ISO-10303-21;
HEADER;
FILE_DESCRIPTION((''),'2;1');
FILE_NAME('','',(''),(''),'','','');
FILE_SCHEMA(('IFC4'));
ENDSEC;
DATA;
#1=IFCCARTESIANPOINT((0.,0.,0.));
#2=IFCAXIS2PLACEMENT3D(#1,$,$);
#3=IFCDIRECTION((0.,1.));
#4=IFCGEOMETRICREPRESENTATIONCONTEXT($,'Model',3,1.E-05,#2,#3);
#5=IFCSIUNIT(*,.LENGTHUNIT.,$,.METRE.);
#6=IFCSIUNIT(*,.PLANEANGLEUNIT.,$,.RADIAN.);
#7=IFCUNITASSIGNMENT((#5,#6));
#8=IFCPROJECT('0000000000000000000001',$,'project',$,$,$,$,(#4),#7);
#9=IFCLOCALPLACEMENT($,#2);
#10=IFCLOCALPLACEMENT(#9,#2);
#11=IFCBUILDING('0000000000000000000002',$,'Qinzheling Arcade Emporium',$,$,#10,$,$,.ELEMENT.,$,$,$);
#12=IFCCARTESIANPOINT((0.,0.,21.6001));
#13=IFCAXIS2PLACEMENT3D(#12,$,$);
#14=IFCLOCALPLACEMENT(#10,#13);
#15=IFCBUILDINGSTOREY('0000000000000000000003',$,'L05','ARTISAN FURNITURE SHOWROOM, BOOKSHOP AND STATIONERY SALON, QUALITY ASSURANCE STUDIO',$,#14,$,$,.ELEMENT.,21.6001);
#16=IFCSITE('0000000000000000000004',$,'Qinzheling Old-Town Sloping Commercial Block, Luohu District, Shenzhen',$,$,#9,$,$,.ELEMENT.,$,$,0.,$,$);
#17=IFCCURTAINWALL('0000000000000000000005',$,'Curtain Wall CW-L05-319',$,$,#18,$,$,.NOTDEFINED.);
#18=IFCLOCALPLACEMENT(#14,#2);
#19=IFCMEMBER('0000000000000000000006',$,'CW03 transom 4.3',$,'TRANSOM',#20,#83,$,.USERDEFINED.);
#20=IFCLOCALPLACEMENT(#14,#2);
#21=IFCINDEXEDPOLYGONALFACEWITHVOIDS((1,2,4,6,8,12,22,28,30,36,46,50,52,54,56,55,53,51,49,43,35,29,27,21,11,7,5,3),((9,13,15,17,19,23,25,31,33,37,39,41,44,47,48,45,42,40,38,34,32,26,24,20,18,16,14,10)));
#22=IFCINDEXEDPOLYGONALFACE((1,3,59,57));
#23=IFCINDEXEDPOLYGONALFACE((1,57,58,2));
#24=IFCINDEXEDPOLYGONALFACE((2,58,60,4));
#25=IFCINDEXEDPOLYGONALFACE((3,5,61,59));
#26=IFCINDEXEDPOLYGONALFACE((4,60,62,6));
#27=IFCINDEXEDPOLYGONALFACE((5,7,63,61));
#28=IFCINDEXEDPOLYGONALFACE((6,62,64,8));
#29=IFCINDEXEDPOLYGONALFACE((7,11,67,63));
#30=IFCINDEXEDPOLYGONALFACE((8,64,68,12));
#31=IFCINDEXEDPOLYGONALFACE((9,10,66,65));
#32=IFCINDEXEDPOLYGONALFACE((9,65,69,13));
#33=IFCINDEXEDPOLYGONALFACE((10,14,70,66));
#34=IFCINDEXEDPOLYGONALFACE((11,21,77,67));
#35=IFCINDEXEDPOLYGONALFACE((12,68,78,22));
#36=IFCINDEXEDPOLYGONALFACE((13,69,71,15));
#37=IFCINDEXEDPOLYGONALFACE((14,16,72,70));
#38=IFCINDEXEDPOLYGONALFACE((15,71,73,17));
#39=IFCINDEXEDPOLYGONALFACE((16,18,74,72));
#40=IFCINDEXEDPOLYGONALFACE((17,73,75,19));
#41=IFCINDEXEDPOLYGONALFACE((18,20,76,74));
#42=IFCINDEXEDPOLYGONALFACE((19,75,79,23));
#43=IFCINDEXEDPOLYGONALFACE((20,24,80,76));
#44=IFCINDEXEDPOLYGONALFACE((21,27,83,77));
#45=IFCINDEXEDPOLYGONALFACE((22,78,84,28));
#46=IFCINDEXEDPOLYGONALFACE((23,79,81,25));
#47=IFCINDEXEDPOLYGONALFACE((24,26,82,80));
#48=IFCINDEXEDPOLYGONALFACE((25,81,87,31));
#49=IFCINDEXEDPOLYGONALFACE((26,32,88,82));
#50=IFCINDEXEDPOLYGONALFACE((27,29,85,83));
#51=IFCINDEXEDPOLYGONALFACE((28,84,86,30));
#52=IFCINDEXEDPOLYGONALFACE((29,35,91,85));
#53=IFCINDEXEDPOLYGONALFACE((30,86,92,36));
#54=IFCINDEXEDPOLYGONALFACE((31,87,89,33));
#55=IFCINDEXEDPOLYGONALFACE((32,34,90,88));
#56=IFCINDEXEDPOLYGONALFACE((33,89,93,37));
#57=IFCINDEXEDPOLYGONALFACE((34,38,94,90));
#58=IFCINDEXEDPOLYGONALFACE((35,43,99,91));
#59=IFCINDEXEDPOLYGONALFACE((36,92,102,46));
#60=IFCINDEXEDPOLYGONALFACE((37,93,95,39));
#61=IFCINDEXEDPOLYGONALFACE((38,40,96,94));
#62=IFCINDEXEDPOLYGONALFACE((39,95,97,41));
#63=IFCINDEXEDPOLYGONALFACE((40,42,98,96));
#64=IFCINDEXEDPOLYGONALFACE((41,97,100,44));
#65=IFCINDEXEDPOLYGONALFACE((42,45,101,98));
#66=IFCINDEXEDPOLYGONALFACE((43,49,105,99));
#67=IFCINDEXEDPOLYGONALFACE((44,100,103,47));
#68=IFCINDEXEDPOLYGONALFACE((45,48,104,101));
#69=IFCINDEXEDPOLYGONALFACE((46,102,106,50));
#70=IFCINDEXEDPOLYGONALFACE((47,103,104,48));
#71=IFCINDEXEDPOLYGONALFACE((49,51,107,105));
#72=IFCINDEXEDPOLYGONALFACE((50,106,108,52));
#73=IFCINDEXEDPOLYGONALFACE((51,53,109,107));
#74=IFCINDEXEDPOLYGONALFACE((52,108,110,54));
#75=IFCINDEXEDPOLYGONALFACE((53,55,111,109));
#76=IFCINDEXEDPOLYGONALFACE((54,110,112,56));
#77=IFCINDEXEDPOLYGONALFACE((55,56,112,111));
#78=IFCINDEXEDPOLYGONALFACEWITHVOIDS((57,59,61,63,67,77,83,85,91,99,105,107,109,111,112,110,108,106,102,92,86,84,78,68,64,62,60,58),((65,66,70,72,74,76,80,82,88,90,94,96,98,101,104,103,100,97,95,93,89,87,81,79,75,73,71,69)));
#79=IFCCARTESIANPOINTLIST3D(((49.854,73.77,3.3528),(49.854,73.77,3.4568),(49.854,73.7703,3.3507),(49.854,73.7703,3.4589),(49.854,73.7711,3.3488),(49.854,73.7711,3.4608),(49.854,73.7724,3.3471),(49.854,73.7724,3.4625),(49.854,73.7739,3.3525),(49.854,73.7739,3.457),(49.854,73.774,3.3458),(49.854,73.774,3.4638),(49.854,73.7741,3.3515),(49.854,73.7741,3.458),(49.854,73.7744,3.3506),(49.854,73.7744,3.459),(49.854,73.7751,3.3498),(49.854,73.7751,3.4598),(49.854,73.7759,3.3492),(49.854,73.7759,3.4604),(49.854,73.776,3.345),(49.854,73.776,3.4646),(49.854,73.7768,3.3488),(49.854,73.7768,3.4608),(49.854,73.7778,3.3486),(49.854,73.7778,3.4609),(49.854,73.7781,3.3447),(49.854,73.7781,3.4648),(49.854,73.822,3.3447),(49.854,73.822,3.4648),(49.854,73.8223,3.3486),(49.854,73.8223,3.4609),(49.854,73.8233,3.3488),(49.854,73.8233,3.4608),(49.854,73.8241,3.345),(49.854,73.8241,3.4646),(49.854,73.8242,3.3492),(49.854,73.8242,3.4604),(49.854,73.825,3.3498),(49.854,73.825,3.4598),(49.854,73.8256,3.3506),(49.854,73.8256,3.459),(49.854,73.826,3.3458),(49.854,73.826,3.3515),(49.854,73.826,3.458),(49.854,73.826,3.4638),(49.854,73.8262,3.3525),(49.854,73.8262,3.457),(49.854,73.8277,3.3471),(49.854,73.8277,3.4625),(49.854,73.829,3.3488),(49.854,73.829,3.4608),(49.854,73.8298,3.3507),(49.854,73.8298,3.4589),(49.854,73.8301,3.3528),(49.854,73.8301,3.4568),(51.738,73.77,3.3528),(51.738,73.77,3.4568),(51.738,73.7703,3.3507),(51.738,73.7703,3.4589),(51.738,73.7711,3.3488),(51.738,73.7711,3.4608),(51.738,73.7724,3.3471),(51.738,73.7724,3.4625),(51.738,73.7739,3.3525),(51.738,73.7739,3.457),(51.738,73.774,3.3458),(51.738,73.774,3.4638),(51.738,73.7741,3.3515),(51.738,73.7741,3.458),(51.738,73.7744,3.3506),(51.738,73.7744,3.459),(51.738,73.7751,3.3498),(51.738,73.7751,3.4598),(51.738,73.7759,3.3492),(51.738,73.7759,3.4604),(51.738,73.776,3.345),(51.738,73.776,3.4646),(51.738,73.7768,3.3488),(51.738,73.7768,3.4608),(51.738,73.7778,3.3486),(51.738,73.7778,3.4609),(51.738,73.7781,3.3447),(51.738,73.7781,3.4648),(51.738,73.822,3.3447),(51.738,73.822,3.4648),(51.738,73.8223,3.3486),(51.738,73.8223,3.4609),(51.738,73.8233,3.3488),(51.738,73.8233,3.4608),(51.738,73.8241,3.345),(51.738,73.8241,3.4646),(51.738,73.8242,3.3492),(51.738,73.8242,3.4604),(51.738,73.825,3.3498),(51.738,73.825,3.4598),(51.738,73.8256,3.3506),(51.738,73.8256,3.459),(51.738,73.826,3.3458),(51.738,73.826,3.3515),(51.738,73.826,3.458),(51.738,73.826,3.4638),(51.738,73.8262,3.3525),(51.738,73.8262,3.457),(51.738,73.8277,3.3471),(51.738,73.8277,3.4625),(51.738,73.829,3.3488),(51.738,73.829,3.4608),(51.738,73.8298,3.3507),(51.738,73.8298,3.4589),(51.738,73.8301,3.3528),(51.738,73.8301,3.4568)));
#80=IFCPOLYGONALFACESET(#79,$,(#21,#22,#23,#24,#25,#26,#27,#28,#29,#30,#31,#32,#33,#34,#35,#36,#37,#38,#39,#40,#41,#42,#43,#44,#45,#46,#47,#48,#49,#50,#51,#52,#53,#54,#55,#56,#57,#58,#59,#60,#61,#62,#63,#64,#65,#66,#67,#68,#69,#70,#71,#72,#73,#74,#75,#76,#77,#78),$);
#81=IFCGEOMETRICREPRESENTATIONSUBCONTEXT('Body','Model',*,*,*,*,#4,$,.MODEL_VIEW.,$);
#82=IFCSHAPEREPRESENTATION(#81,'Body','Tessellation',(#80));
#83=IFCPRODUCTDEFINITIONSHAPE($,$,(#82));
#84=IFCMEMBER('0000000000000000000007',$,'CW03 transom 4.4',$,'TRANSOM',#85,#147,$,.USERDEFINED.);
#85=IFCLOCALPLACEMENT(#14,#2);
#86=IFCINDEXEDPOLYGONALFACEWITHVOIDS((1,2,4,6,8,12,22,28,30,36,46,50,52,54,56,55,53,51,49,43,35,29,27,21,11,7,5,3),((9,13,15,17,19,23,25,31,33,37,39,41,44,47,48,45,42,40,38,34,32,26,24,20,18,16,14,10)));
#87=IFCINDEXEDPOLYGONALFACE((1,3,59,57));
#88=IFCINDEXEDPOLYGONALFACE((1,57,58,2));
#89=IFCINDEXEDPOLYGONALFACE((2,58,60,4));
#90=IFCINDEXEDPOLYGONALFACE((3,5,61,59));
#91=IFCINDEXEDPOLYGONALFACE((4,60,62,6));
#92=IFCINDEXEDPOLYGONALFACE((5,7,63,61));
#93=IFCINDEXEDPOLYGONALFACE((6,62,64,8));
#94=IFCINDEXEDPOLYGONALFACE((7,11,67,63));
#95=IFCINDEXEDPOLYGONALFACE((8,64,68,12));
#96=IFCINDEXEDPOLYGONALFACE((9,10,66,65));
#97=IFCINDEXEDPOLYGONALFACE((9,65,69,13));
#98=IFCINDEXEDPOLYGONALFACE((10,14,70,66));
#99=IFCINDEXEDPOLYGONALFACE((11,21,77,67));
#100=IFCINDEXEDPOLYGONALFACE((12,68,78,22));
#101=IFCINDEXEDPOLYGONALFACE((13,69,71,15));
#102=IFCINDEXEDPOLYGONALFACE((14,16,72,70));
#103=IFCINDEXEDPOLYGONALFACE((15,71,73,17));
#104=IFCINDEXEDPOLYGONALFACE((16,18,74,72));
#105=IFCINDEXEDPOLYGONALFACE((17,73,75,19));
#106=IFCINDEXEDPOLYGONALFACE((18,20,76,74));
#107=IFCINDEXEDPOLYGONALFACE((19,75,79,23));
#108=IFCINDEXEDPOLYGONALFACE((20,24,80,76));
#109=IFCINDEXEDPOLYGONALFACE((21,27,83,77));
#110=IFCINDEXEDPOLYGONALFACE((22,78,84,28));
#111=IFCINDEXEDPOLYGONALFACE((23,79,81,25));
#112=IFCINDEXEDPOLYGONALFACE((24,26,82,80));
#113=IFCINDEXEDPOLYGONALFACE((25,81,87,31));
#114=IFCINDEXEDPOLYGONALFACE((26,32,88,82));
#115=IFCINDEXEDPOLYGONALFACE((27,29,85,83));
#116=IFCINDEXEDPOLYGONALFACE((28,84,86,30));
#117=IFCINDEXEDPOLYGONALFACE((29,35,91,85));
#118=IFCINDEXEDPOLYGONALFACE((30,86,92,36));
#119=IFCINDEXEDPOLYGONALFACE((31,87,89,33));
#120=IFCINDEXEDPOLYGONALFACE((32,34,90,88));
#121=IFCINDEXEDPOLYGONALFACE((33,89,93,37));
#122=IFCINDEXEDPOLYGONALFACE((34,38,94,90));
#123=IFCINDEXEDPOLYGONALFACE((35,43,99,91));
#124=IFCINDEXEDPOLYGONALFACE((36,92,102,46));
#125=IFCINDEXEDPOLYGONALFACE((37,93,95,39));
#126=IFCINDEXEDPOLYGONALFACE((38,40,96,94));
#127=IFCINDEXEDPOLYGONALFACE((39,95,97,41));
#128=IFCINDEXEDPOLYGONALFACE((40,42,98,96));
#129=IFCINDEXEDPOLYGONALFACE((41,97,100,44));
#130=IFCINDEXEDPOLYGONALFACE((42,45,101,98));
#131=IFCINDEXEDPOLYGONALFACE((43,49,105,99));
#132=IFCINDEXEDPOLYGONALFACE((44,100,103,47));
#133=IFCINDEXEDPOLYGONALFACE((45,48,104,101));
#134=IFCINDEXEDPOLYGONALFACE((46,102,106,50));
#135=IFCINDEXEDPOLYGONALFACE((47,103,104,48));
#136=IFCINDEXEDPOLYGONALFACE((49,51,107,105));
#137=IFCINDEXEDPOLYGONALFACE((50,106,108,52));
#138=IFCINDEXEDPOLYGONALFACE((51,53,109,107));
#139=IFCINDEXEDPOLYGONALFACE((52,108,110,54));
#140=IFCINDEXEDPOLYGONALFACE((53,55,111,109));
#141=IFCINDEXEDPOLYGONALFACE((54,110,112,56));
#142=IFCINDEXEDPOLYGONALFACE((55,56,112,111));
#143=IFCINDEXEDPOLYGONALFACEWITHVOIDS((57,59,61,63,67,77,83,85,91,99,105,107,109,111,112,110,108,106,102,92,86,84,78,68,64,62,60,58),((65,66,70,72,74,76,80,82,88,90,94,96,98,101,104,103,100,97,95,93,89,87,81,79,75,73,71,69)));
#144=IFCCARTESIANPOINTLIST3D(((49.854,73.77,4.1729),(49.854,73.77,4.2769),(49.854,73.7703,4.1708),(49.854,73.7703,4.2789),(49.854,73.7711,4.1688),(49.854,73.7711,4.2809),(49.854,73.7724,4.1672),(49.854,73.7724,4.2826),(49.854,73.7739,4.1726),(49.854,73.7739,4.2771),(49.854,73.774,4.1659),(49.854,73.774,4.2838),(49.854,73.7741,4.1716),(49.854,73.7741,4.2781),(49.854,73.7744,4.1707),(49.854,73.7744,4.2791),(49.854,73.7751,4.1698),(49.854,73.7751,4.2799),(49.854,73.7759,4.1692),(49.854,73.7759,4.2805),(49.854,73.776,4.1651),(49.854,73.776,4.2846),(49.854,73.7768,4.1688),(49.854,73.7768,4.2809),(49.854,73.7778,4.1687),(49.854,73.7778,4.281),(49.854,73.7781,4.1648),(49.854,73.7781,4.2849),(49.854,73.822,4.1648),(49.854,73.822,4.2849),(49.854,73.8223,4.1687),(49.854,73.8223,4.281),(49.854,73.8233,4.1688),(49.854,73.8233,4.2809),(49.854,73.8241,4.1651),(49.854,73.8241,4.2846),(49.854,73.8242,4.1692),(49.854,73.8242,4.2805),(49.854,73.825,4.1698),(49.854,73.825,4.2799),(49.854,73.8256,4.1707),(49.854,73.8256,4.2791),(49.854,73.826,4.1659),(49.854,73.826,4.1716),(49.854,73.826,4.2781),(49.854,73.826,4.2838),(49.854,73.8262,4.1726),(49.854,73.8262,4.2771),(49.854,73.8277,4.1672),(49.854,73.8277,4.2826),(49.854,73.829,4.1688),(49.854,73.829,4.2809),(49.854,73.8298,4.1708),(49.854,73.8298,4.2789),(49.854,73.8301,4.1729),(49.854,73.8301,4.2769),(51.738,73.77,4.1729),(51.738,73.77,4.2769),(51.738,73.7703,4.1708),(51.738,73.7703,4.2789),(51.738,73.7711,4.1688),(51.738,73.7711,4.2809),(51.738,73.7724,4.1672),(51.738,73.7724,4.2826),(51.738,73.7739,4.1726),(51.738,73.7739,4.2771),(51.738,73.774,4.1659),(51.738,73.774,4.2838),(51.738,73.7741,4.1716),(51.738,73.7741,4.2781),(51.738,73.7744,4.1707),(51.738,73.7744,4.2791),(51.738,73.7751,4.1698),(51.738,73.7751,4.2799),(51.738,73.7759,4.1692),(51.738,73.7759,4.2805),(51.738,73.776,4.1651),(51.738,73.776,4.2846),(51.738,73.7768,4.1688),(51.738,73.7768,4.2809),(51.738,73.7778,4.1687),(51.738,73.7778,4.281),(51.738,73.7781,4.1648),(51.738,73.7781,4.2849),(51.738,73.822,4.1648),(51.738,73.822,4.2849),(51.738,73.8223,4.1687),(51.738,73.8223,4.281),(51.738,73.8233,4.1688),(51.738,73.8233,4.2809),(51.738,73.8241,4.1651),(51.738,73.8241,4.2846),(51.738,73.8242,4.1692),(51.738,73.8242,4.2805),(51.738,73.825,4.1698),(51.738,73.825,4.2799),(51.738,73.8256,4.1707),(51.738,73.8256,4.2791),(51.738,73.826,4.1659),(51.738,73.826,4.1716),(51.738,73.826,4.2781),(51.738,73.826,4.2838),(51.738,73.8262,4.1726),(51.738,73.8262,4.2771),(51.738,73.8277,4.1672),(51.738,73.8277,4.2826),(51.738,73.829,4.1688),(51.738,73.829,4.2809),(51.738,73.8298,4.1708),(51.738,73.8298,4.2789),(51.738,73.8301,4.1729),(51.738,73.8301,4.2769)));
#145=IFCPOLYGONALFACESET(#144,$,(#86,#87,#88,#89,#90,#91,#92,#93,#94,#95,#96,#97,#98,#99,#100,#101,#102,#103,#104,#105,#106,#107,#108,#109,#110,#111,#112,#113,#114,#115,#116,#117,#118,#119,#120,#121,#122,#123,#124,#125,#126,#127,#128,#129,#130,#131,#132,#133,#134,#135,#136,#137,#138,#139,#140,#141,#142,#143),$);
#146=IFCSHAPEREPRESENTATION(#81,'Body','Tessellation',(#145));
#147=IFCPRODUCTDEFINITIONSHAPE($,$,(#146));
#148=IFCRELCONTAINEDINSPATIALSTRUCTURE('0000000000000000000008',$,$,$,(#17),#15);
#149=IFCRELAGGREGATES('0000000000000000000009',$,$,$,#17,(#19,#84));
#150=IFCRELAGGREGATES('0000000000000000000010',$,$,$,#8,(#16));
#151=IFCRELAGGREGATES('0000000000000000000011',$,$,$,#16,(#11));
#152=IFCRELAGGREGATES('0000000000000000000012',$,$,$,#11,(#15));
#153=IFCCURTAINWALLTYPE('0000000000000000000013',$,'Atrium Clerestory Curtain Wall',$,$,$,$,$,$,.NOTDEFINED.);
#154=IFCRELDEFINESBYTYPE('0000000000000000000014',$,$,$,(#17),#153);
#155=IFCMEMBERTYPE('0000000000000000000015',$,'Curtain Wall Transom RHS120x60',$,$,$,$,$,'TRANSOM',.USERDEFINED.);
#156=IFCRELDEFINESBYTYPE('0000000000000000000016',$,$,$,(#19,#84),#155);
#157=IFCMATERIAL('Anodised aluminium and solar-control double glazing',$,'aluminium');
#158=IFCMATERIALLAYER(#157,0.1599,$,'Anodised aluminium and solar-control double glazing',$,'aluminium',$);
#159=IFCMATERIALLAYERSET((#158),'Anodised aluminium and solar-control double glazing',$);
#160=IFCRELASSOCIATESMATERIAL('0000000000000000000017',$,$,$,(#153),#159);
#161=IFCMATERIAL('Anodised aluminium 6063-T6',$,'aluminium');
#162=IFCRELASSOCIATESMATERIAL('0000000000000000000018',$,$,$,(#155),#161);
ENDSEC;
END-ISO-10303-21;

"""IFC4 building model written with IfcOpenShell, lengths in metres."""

from ifc_helpers import new_model, si_unit, direction, frame, origin, origin_2d, place, context, subcontext, project, spatial, hollow_rectangle, extrude, material, layer, layer_set, material_profile, profile_set, type_object, element, aggregate, save


model = new_model("IFC4")

# Units and contexts
model_context = context("Model", 3, precision=1e-05, world=origin(), true_north=direction((0.0, 1.0)))
body_context = subcontext(model_context, "Body", "Model", "MODEL_VIEW")
ifc_project = project(units=[si_unit("LENGTHUNIT", "METRE"), si_unit("PLANEANGLEUNIT", "RADIAN")], contexts=[model_context])

# Site, building, storey
site_placement = place(None, origin())
site = spatial("IfcSite", under=ifc_project, at=site_placement, Name="Qinzheling Old-Town Sloping Commercial Block, Luohu District, Shenzhen", CompositionType="ELEMENT", RefElevation=0.0)
building_placement = place(site_placement, origin())
building = spatial("IfcBuilding", under=site, at=building_placement, Name="Qinzheling Arcade Emporium", CompositionType="ELEMENT")
storey_placement = place(building_placement, frame((0.0, 0.0, 21.6001)))
storey = spatial("IfcBuildingStorey", under=building, at=storey_placement, Name="L05", Description="ARTISAN FURNITURE SHOWROOM, BOOKSHOP AND STATIONERY SALON, QUALITY ASSURANCE STUDIO", CompositionType="ELEMENT", Elevation=21.6001)

# Curtain wall
ifc_material_1 = material(Name="Anodised aluminium and solar-control double glazing", Category="aluminium")
ifc_layer_1 = layer(ifc_material_1, 0.1599, Name="Anodised aluminium and solar-control double glazing", Category="aluminium")
ifc_layer_set_1 = layer_set([ifc_layer_1], Name="Anodised aluminium and solar-control double glazing")
curtain_wall_type = type_object("IfcCurtainWallType", Name="Atrium Clerestory Curtain Wall", PredefinedType="NOTDEFINED", material=ifc_layer_set_1)
curtain_wall_1_placement = place(storey_placement, origin())
curtain_wall_1 = element("IfcCurtainWall", 1, at=curtain_wall_1_placement, inside=storey, type_object=curtain_wall_type, Name="Curtain Wall CW-L05-319", PredefinedType="NOTDEFINED")
ifc_material_2 = material(Name="Anodised aluminium 6063-T6", Category="aluminium")

# Members
ifc_material_profile_1 = material_profile(ifc_material_2, hollow_rectangle(XDim=0.0601, YDim=0.1201, WallThickness=0.0039, InnerFilletRadius=0.0039, OuterFilletRadius=0.0081, at=origin_2d()), Name="RHS 120x60x4", Category="aluminium")
ifc_profile_set_1 = profile_set([ifc_material_profile_1], Name="Anodised aluminium 6063-T6")
member_type_1 = type_object("IfcMemberType", Name="Curtain Wall Transom RHS120x60", ElementType="TRANSOM", PredefinedType="USERDEFINED", material=ifc_profile_set_1)
member_1_placement = place(storey_placement, frame((49.854, 73.8, 3.4048), z_axis=(1.0, 0.0, 0.0), x_axis=(0.0, 1.0, 0.0)))
member_1 = element("IfcMember", 2, at=member_1_placement, type_object=member_type_1, Name="CW03 transom 4.3", ObjectType="TRANSOM", PredefinedType="USERDEFINED", context=body_context, shape_type="SweptSolid", body=[
    extrude(hollow_rectangle(XDim=0.0601, YDim=0.1201, WallThickness=0.0039, InnerFilletRadius=0.0039, OuterFilletRadius=0.0081, at=origin_2d()), origin(), (0.0, 0.0, 1.0), 1.884),
])
member_2_placement = place(storey_placement, frame((49.854, 73.8, 4.2249), z_axis=(1.0, 0.0, 0.0), x_axis=(0.0, 1.0, 0.0)))
member_2 = element("IfcMember", 3, at=member_2_placement, type_object=member_type_1, Name="CW03 transom 4.4", ObjectType="TRANSOM", PredefinedType="USERDEFINED", context=body_context, shape_type="SweptSolid", body=[
    extrude(hollow_rectangle(XDim=0.0601, YDim=0.1201, WallThickness=0.0039, InnerFilletRadius=0.0039, OuterFilletRadius=0.0081, at=origin_2d()), origin(), (0.0, 0.0, 1.0), 1.884),
])

aggregate(curtain_wall_1, [member_1, member_2])

save(model, "model.ifc")
